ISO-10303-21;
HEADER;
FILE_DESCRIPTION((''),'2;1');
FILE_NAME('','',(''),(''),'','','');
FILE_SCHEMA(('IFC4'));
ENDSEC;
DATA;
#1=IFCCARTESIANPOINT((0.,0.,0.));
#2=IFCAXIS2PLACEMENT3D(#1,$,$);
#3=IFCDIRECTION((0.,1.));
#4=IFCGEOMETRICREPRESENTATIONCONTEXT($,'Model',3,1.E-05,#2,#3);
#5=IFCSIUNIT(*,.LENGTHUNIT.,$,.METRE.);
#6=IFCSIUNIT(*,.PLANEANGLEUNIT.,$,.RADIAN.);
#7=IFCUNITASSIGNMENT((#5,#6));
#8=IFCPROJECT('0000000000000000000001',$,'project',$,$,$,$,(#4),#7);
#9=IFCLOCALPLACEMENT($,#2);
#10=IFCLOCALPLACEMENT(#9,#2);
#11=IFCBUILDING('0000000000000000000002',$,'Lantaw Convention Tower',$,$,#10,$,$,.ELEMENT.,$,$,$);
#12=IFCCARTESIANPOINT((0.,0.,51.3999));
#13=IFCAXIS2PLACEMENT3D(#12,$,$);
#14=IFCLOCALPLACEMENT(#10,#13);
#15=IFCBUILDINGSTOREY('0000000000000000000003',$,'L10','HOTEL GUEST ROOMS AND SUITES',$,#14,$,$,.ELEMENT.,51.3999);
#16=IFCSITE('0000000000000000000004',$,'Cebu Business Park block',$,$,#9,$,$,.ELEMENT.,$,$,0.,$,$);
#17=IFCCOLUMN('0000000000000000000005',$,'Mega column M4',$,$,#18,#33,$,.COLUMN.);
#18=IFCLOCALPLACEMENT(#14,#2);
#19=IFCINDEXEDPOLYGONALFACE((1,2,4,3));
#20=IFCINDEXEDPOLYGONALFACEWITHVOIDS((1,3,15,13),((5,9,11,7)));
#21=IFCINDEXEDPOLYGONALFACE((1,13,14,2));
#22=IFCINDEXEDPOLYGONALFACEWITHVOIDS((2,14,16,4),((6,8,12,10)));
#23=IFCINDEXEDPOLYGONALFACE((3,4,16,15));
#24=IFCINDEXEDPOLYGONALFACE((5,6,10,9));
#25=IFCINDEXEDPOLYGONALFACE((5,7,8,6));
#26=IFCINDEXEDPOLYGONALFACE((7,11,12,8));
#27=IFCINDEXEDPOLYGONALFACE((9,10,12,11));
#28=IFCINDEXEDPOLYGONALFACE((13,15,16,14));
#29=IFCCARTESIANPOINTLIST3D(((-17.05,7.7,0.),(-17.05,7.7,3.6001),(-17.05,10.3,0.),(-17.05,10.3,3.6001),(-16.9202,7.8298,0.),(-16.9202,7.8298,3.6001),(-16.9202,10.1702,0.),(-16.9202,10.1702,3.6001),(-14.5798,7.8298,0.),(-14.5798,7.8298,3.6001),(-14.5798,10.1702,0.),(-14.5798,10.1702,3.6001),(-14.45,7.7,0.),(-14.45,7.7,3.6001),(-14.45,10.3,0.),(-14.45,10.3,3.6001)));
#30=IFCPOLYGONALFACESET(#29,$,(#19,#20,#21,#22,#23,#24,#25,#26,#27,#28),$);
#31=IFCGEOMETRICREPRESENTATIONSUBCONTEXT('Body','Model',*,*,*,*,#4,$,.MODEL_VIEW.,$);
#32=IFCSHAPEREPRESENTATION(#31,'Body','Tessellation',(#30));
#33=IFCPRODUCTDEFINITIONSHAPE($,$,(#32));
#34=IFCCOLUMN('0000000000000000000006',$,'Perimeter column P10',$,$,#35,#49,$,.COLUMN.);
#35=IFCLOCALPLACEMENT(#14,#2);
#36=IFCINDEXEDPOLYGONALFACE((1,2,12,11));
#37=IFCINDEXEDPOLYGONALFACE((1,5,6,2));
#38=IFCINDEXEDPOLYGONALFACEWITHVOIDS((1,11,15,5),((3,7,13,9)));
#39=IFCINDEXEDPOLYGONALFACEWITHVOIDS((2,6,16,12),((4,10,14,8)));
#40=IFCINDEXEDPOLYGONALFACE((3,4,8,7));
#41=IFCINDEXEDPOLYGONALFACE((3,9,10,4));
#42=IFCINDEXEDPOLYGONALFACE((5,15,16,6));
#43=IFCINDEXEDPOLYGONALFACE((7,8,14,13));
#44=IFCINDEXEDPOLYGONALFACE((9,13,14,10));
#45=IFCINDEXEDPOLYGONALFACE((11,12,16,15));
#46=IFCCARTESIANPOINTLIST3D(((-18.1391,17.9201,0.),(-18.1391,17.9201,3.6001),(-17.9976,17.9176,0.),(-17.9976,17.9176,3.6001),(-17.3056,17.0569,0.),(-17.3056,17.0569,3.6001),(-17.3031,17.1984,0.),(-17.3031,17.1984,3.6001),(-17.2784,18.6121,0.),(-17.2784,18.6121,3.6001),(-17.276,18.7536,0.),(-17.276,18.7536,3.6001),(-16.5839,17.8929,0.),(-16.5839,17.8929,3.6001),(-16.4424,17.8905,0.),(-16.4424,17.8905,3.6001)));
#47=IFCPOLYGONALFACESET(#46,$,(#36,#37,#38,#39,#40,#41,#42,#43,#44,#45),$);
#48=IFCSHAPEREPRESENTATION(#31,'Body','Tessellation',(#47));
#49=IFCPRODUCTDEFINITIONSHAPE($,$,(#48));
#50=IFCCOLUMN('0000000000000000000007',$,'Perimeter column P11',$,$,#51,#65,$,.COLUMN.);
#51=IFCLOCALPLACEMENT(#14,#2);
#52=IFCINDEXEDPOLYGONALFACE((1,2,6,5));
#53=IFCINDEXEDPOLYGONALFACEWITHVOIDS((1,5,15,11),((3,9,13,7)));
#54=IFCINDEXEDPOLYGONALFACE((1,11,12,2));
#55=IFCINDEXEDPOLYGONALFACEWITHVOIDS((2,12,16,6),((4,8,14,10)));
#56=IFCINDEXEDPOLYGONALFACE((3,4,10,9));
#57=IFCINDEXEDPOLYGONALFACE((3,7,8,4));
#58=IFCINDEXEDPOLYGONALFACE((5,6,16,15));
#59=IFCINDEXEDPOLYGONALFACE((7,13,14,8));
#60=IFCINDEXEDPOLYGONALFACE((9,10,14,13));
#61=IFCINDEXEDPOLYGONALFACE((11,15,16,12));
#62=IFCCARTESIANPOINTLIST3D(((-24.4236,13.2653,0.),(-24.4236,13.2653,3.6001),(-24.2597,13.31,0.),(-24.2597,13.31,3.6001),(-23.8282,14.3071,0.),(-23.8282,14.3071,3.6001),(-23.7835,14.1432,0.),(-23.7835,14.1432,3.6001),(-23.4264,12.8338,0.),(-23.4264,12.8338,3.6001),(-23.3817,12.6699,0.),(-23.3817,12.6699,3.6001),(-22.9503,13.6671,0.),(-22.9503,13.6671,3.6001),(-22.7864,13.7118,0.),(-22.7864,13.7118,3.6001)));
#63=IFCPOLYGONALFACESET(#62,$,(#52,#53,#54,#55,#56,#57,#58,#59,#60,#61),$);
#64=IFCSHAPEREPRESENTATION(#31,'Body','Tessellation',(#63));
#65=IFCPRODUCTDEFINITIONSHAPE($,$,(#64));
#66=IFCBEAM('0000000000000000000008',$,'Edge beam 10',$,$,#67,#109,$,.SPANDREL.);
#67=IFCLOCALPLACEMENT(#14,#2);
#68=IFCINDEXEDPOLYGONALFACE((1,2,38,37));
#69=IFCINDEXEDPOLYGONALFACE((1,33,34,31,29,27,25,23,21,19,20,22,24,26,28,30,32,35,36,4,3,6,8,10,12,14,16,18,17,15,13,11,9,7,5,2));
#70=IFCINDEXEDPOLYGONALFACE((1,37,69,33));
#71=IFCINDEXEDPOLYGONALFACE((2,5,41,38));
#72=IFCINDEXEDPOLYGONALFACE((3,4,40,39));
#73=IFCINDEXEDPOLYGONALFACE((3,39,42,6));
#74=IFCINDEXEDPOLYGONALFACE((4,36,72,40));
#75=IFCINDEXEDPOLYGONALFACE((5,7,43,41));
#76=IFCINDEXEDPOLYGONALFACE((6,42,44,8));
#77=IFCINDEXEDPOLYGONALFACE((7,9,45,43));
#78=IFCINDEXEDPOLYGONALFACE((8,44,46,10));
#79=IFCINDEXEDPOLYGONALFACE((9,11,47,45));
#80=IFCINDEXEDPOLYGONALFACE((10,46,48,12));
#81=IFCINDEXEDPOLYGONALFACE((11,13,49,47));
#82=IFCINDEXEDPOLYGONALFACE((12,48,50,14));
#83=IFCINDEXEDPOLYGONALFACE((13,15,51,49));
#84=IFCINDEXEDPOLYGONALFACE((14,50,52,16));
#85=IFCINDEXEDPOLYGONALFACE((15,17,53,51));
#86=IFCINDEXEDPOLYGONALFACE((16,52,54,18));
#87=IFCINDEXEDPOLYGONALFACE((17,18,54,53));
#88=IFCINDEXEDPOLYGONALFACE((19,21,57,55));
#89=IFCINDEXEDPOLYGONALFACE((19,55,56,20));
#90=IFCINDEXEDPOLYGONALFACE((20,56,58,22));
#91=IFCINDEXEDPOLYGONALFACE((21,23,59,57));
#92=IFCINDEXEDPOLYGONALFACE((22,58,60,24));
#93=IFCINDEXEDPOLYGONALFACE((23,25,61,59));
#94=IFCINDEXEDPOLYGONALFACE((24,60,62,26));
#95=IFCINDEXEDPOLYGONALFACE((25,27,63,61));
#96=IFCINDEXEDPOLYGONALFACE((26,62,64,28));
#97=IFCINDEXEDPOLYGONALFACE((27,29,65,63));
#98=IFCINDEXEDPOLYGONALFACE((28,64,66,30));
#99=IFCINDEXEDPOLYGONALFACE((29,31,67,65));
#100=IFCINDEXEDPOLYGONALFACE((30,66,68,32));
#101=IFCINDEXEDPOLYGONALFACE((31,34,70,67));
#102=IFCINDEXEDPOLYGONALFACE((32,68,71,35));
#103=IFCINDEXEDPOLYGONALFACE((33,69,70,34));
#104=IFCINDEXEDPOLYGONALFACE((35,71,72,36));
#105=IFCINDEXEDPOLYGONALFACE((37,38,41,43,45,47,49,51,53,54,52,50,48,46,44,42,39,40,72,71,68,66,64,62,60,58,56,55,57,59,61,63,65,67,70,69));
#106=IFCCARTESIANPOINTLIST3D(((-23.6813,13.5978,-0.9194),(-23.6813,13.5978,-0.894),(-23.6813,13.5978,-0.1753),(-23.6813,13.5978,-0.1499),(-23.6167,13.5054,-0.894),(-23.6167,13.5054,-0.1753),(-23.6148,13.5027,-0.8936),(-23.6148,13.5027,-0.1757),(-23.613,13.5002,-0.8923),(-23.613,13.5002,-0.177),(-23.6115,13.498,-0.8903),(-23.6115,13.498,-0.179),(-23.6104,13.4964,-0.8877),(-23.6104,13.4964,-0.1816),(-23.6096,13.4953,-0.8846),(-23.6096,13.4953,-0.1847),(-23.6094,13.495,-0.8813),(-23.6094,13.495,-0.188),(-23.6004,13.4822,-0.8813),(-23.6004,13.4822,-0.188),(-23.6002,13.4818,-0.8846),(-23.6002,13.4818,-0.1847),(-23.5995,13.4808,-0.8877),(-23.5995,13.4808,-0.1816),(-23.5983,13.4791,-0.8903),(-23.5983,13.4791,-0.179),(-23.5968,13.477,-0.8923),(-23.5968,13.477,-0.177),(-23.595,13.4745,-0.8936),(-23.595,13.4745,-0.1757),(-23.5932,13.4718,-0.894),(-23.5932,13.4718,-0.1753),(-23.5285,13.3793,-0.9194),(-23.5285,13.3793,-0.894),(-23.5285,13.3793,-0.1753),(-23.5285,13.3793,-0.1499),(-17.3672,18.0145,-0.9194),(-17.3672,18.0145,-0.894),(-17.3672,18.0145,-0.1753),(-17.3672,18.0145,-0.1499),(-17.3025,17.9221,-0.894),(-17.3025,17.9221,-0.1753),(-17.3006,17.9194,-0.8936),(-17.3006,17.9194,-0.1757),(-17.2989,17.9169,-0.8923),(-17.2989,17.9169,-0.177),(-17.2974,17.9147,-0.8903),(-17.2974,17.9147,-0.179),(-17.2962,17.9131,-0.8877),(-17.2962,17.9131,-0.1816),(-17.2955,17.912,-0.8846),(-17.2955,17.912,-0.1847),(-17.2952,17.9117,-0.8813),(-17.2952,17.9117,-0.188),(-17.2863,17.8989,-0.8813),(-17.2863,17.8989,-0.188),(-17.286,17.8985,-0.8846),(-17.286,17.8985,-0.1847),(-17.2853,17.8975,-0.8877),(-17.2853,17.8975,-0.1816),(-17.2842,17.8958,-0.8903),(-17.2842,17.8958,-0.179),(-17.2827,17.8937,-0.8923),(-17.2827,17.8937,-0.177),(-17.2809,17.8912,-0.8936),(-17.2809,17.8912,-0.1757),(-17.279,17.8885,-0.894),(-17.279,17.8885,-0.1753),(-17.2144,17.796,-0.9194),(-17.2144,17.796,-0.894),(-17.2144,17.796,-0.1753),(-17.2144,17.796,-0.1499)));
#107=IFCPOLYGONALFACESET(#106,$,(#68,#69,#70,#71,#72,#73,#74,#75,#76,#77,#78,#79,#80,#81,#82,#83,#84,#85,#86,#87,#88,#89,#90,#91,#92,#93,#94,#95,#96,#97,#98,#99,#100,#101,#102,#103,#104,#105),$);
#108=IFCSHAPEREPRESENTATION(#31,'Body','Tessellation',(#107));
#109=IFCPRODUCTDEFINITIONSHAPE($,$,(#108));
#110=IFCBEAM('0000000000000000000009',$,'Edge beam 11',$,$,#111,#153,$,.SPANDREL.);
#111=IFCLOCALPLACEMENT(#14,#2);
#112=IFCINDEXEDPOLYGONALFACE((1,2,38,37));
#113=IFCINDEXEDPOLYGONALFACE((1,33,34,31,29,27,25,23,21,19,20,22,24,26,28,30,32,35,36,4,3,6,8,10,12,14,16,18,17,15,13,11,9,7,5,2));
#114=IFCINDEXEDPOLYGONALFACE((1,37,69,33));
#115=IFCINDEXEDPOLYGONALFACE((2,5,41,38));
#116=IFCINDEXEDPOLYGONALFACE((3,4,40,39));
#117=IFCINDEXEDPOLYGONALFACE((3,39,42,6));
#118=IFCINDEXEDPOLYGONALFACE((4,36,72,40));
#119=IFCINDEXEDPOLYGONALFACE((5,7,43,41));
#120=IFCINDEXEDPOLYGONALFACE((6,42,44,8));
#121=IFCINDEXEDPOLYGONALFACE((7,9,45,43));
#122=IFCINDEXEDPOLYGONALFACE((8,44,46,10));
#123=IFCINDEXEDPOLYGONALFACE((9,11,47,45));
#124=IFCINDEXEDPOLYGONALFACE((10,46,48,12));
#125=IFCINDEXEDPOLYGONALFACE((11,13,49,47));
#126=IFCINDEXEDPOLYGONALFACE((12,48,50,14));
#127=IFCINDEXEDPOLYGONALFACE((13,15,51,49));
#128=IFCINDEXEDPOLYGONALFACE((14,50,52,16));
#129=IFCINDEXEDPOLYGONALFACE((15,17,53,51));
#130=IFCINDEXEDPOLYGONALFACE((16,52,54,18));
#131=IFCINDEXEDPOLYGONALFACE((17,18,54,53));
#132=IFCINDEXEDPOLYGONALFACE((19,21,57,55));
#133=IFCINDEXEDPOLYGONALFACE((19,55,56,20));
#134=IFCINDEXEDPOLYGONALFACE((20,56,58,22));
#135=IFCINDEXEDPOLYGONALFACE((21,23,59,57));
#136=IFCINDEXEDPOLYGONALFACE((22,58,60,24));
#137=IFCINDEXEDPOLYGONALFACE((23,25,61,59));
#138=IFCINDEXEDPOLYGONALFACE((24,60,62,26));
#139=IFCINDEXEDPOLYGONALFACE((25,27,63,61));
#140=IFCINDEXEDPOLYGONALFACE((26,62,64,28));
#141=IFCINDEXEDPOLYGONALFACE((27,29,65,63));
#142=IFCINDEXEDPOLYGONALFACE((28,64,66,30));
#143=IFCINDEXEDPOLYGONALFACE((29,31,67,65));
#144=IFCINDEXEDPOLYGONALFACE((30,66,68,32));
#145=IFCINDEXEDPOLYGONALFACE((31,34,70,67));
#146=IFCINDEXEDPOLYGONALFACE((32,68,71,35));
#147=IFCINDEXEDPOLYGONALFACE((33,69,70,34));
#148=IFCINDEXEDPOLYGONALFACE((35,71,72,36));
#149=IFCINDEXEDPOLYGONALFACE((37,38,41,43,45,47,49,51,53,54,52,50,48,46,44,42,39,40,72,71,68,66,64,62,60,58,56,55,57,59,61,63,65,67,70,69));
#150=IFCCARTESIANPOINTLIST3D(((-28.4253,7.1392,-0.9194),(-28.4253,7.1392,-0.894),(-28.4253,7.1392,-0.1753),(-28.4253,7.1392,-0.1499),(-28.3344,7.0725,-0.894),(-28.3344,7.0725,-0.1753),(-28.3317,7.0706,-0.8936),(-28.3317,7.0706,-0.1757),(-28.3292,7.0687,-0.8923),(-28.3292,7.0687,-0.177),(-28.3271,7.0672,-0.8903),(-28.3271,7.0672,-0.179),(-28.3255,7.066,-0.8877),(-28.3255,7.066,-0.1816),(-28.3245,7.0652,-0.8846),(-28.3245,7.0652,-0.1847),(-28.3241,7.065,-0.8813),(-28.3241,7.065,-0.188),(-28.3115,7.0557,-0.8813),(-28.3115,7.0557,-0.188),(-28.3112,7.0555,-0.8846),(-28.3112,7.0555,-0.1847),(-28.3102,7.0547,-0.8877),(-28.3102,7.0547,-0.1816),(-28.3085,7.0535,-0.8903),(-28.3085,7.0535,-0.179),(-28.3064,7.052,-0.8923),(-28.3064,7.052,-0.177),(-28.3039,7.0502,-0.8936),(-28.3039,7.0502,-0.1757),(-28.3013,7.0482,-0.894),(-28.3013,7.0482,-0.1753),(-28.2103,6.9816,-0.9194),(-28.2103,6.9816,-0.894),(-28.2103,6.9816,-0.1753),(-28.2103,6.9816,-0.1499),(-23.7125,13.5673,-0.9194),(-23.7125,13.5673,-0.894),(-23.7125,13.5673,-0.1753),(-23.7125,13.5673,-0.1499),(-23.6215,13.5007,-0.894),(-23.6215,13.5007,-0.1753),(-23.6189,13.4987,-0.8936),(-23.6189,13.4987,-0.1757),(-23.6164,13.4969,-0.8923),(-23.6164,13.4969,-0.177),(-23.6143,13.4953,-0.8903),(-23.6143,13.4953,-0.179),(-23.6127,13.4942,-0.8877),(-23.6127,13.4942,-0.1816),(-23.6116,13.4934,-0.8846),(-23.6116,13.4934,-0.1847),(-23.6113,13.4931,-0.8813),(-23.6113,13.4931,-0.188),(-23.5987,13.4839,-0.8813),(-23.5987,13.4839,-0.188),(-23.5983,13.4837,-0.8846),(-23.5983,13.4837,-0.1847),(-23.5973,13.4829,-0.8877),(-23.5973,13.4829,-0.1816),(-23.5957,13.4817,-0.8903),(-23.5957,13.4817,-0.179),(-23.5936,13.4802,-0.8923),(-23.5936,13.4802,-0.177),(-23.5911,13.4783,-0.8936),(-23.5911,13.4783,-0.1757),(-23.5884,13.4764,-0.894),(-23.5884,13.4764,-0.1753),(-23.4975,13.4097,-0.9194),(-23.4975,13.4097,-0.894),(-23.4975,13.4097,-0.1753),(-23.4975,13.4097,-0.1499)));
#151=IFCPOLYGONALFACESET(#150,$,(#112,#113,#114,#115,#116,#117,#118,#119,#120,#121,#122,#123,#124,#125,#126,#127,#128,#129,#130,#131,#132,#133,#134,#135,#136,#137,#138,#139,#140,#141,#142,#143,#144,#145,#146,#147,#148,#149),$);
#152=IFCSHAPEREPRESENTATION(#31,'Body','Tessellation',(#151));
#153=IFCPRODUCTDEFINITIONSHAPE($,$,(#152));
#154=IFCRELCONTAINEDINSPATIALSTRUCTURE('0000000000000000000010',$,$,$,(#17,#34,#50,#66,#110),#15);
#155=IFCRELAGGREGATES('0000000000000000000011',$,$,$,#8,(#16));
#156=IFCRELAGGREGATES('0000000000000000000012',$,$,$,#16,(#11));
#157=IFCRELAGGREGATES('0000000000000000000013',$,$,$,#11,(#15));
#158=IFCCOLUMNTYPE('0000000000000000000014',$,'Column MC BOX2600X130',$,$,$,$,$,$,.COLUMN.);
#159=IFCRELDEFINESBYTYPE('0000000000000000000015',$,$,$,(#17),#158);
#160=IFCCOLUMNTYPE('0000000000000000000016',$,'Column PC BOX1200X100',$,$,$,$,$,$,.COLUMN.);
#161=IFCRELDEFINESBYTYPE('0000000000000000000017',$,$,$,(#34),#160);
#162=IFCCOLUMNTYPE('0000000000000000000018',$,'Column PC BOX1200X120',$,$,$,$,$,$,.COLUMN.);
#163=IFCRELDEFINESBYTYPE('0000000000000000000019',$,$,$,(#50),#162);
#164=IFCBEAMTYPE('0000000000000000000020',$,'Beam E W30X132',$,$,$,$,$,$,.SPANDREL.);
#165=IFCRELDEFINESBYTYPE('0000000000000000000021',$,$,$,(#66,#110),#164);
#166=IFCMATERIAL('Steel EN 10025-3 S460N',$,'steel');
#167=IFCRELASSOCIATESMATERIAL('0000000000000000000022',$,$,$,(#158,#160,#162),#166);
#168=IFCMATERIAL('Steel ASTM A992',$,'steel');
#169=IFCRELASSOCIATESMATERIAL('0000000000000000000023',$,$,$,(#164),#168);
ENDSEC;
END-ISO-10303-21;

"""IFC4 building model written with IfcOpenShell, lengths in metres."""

from ifc_helpers import new_model, si_unit, direction, frame, origin, origin_2d, place, context, subcontext, project, spatial, rectangle, hollow_rectangle, i_section, extrude, material, material_profile, profile_set, type_object, element, save


model = new_model("IFC4")

# Units and contexts
model_context = context("Model", 3, precision=1e-05, world=origin(), true_north=direction((0.0, 1.0)))
body_context = subcontext(model_context, "Body", "Model", "MODEL_VIEW")
ifc_project = project(units=[si_unit("LENGTHUNIT", "METRE"), si_unit("PLANEANGLEUNIT", "RADIAN")], contexts=[model_context])

# Site, building, storey
site_placement = place(None, origin())
site = spatial("IfcSite", under=ifc_project, at=site_placement, Name="Cebu Business Park block", CompositionType="ELEMENT", RefElevation=0.0)
building_placement = place(site_placement, origin())
building = spatial("IfcBuilding", under=site, at=building_placement, Name="Lantaw Convention Tower", CompositionType="ELEMENT")
storey_placement = place(building_placement, frame((0.0, 0.0, 51.3999)))
storey = spatial("IfcBuildingStorey", under=building, at=storey_placement, Name="L10", Description="HOTEL GUEST ROOMS AND SUITES", CompositionType="ELEMENT", Elevation=51.3999)

# Columns
ifc_material_1 = material(Name="Steel EN 10025-3 S460N", Category="steel")
ifc_material_profile_1 = material_profile(ifc_material_1, hollow_rectangle(XDim=2.6001, YDim=2.6001, WallThickness=0.1299, at=origin_2d()), Name="BOX2600X130")
ifc_material_2 = material(Name="Concrete C60/75", Category="concrete")
ifc_material_profile_2 = material_profile(ifc_material_2, rectangle(XDim=2.3401, YDim=2.3401, at=origin_2d()), Name="Concrete fill of BOX2600X130")
ifc_profile_set_1 = profile_set([ifc_material_profile_1, ifc_material_profile_2], Name="Steel EN 10025-3 S460N")
column_type_1 = type_object("IfcColumnType", Name="Column MC BOX2600X130", PredefinedType="COLUMN", material=ifc_profile_set_1)
column_1_placement = place(storey_placement, frame((-15.75, 9.0, 0.0), z_axis=(0.0, 0.0, 1.0), x_axis=(1.0, 0.0, 0.0)))
element("IfcColumn", 1, at=column_1_placement, inside=storey, type_object=column_type_1, Name="Mega column M4", PredefinedType="COLUMN", context=body_context, shape_type="SweptSolid", body=[
    extrude(hollow_rectangle(XDim=2.6001, YDim=2.6001, WallThickness=0.1299, at=origin_2d()), origin(), (0.0, 0.0, 1.0), 3.6001),
])
ifc_material_profile_3 = material_profile(ifc_material_1, hollow_rectangle(XDim=1.2, YDim=1.2, WallThickness=0.1001, at=origin_2d()), Name="BOX1200X100")
ifc_material_profile_4 = material_profile(ifc_material_2, rectangle(XDim=1.0, YDim=1.0, at=origin_2d()), Name="Concrete fill of BOX1200X100")
ifc_profile_set_2 = profile_set([ifc_material_profile_3, ifc_material_profile_4], Name="Steel EN 10025-3 S460N")
column_type_2 = type_object("IfcColumnType", Name="Column PC BOX1200X100", PredefinedType="COLUMN", material=ifc_profile_set_2)
column_2_placement = place(storey_placement, frame((-17.2908, 17.9053, 0.0), z_axis=(0.0, 0.0, 1.0), x_axis=(0.71934, 0.694658, 0.0)))
element("IfcColumn", 2, at=column_2_placement, inside=storey, type_object=column_type_2, Name="Perimeter column P10", PredefinedType="COLUMN", context=body_context, shape_type="SweptSolid", body=[
    extrude(hollow_rectangle(XDim=1.2, YDim=1.2, WallThickness=0.1001, at=origin_2d()), origin(), (0.0, 0.0, 1.0), 3.6001),
])
ifc_material_profile_5 = material_profile(ifc_material_1, hollow_rectangle(XDim=1.2, YDim=1.2, WallThickness=0.1201, at=origin_2d()), Name="BOX1200X120")
ifc_material_profile_6 = material_profile(ifc_material_2, rectangle(XDim=0.96, YDim=0.96, at=origin_2d()), Name="Concrete fill of BOX1200X120")
ifc_profile_set_3 = profile_set([ifc_material_profile_5, ifc_material_profile_6], Name="Steel EN 10025-3 S460N")
column_type_3 = type_object("IfcColumnType", Name="Column PC BOX1200X120", PredefinedType="COLUMN", material=ifc_profile_set_3)
column_3_placement = place(storey_placement, frame((-23.605, 13.4885, 0.0), z_axis=(0.0, 0.0, 1.0), x_axis=(0.496139, 0.868243, 0.0)))
element("IfcColumn", 3, at=column_3_placement, inside=storey, type_object=column_type_3, Name="Perimeter column P11", PredefinedType="COLUMN", context=body_context, shape_type="SweptSolid", body=[
    extrude(hollow_rectangle(XDim=1.2, YDim=1.2, WallThickness=0.1201, at=origin_2d()), origin(), (0.0, 0.0, 1.0), 3.6001),
])

# Beams
ifc_material_3 = material(Name="Steel ASTM A992", Category="steel")
ifc_material_profile_7 = material_profile(ifc_material_3, i_section(OverallWidth=0.2666, OverallDepth=0.7695, WebThickness=0.0156, FlangeThickness=0.0254, FilletRadius=0.0127, at=origin_2d()), Name="W30X132")
ifc_profile_set_4 = profile_set([ifc_material_profile_7], Name="Steel ASTM A992")
beam_type_1 = type_object("IfcBeamType", Name="Beam E W30X132", PredefinedType="SPANDREL", material=ifc_profile_set_4)
beam_1_placement = place(storey_placement, frame((-17.2908, 17.9053, -0.5347), z_axis=(-0.819427, -0.573184, 0.0), x_axis=(0.573184, -0.819427, 0.0)))
element("IfcBeam", 4, at=beam_1_placement, inside=storey, type_object=beam_type_1, Name="Edge beam 10", PredefinedType="SPANDREL", context=body_context, shape_type="SweptSolid", body=[
    extrude(i_section(OverallWidth=0.2666, OverallDepth=0.7695, WebThickness=0.0156, FlangeThickness=0.0254, FilletRadius=0.0127, at=origin_2d()), origin(), (0.0, 0.0, 1.0), 7.7056),
])
beam_2_placement = place(storey_placement, frame((-23.605, 13.4885, -0.5347), z_axis=(-0.591271, -0.806473, 0.0), x_axis=(0.806473, -0.591271, 0.0)))
element("IfcBeam", 5, at=beam_2_placement, inside=storey, type_object=beam_type_1, Name="Edge beam 11", PredefinedType="SPANDREL", context=body_context, shape_type="SweptSolid", body=[
    extrude(i_section(OverallWidth=0.2666, OverallDepth=0.7695, WebThickness=0.0156, FlangeThickness=0.0254, FilletRadius=0.0127, at=origin_2d()), origin(), (0.0, 0.0, 1.0), 7.9707),
])

save(model, "model.ifc")
